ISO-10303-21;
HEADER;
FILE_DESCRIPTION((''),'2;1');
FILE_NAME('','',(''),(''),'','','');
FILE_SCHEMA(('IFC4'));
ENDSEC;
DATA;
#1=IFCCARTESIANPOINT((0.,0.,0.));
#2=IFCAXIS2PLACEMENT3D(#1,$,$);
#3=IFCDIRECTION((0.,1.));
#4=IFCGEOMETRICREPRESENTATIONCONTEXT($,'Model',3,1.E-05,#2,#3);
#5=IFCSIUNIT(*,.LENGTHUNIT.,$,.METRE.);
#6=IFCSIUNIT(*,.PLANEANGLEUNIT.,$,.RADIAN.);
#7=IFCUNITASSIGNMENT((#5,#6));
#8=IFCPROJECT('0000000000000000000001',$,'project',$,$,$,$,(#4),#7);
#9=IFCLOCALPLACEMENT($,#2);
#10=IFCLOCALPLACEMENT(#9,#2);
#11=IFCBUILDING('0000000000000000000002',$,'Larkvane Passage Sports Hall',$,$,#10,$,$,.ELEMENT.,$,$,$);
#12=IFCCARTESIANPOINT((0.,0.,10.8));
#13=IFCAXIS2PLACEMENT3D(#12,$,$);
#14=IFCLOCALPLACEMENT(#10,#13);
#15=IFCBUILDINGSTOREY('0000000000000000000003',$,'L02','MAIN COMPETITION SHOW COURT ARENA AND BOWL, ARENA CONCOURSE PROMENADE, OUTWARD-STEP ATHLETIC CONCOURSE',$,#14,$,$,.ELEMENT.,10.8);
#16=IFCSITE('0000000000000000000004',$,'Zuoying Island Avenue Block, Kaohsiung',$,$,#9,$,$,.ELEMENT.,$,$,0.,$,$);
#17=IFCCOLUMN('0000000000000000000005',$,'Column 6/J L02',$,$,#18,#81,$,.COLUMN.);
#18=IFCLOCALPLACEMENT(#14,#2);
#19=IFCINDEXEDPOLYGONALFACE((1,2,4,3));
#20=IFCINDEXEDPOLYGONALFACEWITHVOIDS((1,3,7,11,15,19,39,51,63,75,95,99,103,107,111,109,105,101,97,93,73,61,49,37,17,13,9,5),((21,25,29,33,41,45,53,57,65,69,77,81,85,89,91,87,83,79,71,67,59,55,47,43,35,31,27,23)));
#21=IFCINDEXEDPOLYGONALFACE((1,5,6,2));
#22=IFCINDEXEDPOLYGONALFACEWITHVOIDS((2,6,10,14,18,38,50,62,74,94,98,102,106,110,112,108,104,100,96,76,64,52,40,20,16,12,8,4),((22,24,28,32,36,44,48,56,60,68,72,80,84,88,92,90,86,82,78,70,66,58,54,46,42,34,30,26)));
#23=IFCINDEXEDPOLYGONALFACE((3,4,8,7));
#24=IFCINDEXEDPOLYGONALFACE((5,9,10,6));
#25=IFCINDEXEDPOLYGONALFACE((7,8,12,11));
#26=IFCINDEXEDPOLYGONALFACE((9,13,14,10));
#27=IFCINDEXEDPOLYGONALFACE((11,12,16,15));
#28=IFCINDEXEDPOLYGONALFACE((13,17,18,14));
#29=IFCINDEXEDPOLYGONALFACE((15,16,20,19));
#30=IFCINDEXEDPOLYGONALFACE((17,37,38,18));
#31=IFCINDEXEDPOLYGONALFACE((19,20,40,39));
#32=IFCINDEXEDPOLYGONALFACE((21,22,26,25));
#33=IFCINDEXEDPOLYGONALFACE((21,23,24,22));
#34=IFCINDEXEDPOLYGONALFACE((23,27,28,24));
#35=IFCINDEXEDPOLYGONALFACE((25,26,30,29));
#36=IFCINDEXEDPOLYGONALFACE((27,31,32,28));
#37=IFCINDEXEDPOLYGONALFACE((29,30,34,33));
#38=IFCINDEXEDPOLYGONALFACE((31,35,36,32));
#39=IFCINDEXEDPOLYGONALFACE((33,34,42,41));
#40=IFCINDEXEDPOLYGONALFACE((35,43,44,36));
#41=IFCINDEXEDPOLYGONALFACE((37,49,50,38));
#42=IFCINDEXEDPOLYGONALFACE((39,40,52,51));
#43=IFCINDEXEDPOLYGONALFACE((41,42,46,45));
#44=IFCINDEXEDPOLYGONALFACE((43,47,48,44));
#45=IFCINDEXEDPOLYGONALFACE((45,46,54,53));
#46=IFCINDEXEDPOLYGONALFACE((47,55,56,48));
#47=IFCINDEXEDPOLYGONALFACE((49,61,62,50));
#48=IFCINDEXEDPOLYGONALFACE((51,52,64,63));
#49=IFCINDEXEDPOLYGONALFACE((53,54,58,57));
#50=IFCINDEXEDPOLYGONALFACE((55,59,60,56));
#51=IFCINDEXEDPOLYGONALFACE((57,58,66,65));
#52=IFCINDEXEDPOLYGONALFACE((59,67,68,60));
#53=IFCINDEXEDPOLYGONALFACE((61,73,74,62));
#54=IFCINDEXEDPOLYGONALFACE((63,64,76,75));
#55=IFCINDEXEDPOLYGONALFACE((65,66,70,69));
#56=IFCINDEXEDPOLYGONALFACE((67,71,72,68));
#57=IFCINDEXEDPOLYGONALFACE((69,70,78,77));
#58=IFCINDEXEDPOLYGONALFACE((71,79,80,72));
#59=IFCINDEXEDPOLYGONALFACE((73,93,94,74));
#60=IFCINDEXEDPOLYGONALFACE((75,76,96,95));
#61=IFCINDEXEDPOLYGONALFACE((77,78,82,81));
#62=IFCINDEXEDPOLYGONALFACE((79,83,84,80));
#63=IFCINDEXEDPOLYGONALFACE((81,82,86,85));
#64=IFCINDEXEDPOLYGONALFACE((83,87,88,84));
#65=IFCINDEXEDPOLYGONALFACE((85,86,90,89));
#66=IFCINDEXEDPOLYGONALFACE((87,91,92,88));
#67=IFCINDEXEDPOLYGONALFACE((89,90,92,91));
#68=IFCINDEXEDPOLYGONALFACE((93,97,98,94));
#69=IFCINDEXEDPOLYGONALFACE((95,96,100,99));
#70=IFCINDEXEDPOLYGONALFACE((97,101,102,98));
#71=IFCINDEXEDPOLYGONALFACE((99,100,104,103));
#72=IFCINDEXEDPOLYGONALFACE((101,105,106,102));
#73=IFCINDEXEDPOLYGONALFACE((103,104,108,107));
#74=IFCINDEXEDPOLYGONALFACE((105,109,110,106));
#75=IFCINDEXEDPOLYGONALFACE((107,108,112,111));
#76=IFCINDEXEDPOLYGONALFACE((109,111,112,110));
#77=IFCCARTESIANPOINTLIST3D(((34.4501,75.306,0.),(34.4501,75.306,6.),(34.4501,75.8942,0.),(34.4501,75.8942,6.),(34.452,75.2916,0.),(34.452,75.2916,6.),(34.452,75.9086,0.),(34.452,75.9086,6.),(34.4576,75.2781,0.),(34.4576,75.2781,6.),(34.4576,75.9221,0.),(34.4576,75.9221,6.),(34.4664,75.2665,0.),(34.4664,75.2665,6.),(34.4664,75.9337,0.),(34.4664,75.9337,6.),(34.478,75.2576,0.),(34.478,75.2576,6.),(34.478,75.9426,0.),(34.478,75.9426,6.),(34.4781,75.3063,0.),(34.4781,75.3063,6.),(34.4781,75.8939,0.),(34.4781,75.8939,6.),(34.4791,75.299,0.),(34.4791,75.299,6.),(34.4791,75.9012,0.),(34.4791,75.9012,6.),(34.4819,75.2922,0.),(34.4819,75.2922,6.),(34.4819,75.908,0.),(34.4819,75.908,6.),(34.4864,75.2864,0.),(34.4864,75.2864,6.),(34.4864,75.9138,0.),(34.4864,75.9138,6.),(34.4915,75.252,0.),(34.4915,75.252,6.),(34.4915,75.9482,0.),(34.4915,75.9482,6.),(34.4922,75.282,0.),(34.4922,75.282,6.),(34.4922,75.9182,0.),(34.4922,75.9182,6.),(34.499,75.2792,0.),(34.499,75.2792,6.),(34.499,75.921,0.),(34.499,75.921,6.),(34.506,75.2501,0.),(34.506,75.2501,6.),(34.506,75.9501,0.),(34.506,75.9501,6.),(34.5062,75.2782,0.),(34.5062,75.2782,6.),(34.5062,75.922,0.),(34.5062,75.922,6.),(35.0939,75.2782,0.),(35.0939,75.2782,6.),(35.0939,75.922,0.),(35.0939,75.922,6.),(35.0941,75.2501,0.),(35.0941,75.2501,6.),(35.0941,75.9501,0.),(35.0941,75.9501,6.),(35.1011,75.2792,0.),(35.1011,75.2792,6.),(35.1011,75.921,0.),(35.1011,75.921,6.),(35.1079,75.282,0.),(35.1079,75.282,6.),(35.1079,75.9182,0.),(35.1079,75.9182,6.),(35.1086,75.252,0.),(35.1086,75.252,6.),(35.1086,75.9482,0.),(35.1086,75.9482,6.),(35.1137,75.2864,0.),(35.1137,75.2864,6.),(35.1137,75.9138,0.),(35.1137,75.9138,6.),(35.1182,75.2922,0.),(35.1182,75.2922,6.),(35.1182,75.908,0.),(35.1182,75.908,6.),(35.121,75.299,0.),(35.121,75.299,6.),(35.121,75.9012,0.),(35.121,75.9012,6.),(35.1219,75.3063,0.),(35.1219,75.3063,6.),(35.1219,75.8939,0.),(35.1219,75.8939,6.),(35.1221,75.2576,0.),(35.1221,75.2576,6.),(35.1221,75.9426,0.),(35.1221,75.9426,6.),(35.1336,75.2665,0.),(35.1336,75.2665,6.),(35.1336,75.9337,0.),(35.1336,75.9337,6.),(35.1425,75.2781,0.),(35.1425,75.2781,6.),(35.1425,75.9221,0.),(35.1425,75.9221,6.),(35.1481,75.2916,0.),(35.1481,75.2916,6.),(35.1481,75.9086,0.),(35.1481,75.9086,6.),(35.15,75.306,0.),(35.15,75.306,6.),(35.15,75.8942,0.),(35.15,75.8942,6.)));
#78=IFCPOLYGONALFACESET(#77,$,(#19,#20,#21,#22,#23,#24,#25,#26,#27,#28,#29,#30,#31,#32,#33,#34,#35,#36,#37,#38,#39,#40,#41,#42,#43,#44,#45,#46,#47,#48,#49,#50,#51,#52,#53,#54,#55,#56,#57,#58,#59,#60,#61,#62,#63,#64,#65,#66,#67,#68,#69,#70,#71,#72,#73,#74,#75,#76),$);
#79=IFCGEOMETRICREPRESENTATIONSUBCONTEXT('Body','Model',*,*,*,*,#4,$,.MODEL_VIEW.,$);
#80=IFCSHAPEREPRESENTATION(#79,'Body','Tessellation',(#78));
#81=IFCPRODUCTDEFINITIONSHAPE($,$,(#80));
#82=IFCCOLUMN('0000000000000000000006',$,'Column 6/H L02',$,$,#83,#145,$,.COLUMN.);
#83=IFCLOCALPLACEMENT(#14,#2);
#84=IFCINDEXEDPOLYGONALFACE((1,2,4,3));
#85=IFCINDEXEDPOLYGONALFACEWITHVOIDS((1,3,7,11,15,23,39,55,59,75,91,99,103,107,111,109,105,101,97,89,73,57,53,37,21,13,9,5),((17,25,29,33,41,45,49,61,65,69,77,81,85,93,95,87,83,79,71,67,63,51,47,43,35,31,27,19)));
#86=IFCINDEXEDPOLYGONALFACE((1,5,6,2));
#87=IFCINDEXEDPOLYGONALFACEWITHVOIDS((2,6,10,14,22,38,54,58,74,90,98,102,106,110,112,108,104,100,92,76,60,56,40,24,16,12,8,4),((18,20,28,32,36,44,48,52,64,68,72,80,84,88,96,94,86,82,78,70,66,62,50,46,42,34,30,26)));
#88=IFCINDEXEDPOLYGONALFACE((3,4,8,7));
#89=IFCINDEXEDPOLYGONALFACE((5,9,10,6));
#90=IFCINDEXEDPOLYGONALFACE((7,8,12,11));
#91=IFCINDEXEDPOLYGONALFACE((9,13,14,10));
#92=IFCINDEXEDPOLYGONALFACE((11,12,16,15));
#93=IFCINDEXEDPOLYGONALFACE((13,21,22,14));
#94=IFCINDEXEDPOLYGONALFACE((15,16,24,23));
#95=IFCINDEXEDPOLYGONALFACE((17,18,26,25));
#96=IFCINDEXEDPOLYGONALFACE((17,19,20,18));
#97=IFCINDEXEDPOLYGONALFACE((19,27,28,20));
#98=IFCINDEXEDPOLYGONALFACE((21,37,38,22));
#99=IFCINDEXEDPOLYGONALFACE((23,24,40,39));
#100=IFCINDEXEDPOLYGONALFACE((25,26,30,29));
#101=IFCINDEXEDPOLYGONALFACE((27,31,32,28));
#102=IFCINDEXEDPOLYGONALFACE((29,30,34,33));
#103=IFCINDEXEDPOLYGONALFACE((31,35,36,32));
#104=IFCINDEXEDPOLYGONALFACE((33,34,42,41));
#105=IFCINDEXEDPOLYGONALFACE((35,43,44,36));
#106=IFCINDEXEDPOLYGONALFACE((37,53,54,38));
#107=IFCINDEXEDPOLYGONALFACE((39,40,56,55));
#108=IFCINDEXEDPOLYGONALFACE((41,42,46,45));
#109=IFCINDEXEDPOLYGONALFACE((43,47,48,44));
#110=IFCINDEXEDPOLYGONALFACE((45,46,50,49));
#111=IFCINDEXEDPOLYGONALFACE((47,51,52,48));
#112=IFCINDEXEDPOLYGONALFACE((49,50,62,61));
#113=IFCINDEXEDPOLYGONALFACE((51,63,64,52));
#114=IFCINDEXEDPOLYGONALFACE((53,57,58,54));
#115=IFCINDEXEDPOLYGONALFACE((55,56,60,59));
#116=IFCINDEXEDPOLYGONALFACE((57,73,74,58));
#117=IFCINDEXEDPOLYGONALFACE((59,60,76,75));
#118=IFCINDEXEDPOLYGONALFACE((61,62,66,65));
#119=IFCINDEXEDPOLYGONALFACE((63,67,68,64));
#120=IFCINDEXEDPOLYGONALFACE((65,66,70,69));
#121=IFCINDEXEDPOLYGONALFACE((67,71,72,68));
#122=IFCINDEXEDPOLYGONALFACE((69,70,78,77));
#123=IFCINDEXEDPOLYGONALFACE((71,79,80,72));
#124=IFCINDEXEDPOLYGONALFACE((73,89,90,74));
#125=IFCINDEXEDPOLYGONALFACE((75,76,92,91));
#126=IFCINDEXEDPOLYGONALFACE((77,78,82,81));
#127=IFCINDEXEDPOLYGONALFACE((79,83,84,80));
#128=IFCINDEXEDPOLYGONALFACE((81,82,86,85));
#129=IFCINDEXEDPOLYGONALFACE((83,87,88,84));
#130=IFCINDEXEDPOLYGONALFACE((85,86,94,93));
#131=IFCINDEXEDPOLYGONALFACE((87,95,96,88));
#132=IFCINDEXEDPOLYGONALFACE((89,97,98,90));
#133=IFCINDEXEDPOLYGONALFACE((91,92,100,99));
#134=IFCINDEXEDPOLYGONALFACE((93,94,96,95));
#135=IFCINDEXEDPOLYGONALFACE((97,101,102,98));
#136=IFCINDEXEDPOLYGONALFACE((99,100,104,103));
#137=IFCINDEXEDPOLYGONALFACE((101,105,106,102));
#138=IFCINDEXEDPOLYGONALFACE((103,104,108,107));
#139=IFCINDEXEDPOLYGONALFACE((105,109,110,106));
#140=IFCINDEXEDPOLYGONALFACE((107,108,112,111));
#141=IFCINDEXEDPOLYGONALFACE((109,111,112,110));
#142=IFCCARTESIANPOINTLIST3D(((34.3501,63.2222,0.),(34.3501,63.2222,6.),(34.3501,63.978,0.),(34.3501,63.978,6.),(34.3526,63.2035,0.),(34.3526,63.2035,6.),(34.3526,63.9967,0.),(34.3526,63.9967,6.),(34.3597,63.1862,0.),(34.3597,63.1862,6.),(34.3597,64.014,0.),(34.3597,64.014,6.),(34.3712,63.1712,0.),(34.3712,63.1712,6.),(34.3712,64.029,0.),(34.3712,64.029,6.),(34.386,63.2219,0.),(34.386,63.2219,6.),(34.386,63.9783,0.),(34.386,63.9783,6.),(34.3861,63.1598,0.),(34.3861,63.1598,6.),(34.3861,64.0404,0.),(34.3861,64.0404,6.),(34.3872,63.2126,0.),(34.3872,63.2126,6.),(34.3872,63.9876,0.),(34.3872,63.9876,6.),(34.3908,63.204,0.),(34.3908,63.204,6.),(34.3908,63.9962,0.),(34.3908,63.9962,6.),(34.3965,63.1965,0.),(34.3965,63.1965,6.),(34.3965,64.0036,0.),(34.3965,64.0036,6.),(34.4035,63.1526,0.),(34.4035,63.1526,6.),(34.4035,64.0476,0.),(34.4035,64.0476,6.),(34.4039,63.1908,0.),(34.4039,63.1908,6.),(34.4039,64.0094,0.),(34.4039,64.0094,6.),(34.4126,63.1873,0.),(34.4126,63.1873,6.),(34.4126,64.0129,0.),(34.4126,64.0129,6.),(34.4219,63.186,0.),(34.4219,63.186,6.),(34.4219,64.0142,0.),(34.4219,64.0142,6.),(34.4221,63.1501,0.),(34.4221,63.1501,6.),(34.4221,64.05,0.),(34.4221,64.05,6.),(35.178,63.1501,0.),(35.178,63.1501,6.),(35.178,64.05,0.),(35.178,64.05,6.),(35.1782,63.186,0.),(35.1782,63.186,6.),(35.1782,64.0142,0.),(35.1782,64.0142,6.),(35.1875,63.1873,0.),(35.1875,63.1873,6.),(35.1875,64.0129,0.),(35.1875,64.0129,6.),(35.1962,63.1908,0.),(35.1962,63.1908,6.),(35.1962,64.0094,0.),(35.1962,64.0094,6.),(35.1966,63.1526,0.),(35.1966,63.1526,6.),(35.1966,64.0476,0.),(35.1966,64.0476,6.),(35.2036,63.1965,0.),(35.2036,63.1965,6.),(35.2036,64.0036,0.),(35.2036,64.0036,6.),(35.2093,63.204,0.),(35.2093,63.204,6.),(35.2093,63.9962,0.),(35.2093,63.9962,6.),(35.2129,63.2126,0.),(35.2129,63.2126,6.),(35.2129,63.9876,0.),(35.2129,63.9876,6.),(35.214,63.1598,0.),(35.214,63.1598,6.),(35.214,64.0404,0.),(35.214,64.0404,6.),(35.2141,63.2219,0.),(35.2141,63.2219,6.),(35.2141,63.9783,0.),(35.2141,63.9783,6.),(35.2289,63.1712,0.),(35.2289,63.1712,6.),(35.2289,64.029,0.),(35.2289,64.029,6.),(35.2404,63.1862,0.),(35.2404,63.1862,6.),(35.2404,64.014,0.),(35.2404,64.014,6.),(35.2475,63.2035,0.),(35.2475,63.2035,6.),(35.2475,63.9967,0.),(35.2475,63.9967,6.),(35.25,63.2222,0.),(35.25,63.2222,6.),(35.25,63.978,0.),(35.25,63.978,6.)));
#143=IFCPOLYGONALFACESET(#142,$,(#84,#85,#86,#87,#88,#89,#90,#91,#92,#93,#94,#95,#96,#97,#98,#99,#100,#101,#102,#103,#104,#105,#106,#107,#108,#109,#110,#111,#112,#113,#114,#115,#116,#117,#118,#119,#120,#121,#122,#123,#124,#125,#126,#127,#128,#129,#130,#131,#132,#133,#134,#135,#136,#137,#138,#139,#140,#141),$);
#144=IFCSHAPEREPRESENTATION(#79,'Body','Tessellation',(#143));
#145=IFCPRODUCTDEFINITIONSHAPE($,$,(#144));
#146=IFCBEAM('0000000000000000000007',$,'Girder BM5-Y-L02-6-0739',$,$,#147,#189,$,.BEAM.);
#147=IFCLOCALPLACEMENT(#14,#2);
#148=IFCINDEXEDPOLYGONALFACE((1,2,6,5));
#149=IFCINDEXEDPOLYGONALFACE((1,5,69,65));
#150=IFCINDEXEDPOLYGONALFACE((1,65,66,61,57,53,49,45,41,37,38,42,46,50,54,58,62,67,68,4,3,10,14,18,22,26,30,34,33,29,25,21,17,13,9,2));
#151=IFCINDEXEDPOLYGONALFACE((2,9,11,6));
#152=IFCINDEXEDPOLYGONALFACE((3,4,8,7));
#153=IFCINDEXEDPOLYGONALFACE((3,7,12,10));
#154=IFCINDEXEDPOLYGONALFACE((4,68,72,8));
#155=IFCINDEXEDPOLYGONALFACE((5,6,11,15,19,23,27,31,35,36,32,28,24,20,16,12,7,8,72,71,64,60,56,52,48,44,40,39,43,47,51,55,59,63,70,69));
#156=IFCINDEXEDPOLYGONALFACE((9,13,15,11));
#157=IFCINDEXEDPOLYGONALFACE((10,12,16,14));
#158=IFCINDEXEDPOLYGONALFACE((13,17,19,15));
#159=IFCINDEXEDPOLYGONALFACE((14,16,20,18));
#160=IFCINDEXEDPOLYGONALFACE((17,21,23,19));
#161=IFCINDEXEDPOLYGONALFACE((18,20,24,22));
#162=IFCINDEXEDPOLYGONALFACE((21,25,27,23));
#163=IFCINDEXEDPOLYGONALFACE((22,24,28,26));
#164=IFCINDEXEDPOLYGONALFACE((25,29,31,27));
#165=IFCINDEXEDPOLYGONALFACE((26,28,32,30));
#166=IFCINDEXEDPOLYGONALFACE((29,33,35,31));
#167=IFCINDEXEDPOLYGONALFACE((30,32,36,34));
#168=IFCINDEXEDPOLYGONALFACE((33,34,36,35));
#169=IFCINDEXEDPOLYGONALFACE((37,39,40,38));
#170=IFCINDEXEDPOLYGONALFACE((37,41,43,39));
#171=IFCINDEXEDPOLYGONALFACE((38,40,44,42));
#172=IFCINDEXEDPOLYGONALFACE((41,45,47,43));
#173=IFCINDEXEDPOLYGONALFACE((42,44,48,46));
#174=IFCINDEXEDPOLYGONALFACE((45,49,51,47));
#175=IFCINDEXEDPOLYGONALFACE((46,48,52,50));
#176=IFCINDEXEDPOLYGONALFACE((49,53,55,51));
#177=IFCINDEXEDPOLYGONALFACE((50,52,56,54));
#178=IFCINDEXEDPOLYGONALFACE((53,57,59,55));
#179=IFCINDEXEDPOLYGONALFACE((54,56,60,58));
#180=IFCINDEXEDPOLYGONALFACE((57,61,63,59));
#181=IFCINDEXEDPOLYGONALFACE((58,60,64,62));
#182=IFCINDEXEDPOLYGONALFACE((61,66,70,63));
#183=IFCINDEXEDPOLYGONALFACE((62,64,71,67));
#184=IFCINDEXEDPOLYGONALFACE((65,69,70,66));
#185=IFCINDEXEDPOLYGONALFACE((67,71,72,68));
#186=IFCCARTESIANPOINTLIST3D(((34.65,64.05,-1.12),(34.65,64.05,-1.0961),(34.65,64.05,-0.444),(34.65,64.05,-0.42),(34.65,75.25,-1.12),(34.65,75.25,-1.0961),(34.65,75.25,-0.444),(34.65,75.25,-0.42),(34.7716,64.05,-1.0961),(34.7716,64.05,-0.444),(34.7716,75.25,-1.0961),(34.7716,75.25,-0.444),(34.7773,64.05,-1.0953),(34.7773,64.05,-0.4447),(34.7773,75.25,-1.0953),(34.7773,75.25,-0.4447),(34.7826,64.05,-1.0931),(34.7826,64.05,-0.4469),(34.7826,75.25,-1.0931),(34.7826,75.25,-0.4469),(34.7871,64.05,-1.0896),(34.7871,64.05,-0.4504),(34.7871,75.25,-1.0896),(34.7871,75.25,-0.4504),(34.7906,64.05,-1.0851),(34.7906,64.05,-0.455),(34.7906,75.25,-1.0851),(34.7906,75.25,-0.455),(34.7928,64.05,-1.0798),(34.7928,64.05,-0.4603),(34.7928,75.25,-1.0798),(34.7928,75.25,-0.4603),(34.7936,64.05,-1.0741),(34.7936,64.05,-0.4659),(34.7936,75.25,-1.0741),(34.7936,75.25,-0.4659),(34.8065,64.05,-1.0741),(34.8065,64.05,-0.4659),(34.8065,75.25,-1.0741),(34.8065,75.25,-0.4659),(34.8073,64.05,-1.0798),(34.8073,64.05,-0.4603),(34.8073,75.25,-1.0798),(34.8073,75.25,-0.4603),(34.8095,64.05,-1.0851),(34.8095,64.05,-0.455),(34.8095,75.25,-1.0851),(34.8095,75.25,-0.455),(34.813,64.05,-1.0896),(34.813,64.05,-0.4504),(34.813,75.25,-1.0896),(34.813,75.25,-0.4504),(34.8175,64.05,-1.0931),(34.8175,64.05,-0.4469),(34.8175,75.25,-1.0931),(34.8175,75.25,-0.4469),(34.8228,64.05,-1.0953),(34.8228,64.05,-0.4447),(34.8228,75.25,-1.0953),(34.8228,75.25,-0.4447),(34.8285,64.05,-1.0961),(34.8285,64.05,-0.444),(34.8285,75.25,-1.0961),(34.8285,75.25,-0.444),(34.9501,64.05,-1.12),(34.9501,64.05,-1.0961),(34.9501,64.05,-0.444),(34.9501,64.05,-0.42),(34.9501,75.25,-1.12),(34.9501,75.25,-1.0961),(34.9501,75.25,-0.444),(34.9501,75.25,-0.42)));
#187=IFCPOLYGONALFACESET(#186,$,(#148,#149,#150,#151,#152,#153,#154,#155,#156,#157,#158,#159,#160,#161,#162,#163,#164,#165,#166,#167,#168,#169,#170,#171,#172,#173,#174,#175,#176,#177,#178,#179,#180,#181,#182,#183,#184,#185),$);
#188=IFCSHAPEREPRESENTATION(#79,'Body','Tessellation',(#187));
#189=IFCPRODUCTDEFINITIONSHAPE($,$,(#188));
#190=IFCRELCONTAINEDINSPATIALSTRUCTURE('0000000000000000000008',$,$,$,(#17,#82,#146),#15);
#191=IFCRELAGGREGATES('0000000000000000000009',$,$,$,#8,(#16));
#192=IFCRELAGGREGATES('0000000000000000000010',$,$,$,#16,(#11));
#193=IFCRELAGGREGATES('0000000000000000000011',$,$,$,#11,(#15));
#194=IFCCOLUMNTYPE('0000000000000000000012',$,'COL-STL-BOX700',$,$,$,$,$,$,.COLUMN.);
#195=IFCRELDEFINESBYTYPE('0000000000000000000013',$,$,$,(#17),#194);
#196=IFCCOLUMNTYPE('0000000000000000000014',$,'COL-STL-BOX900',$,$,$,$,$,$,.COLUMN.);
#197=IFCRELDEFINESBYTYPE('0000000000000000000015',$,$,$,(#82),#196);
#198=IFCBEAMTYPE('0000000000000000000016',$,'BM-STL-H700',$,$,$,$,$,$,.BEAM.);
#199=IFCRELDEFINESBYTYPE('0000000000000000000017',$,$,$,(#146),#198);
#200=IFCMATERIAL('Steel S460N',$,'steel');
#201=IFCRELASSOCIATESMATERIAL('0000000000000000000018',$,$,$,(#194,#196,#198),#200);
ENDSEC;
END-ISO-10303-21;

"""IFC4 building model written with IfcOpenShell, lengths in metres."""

from ifc_helpers import new_model, si_unit, direction, frame, origin, origin_2d, place, context, subcontext, project, spatial, hollow_rectangle, i_section, extrude, material, material_profile, profile_set, type_object, element, save


model = new_model("IFC4")

# Units and contexts
model_context = context("Model", 3, precision=1e-05, world=origin(), true_north=direction((0.0, 1.0)))
body_context = subcontext(model_context, "Body", "Model", "MODEL_VIEW")
ifc_project = project(units=[si_unit("LENGTHUNIT", "METRE"), si_unit("PLANEANGLEUNIT", "RADIAN")], contexts=[model_context])

# Site, building, storey
site_placement = place(None, origin())
site = spatial("IfcSite", under=ifc_project, at=site_placement, Name="Zuoying Island Avenue Block, Kaohsiung", CompositionType="ELEMENT", RefElevation=0.0)
building_placement = place(site_placement, origin())
building = spatial("IfcBuilding", under=site, at=building_placement, Name="Larkvane Passage Sports Hall", CompositionType="ELEMENT")
storey_placement = place(building_placement, frame((0.0, 0.0, 10.8)))
storey = spatial("IfcBuildingStorey", under=building, at=storey_placement, Name="L02", Description="MAIN COMPETITION SHOW COURT ARENA AND BOWL, ARENA CONCOURSE PROMENADE, OUTWARD-STEP ATHLETIC CONCOURSE", CompositionType="ELEMENT", Elevation=10.8)

# Columns
ifc_material_1 = material(Name="Steel S460N", Category="steel")
ifc_material_profile_1 = material_profile(ifc_material_1, hollow_rectangle(XDim=0.7, YDim=0.7, WallThickness=0.0281, InnerFilletRadius=0.0281, OuterFilletRadius=0.0559, at=origin_2d()), Name="BOX-700x700x28")
ifc_profile_set_1 = profile_set([ifc_material_profile_1], Name="Steel S460N")
column_type_1 = type_object("IfcColumnType", Name="COL-STL-BOX700", PredefinedType="COLUMN", material=ifc_profile_set_1)
column_1_placement = place(storey_placement, frame((34.8, 75.6001, 0.0), z_axis=(0.0, 0.0, 1.0), x_axis=(1.0, 0.0, 0.0)))
element("IfcColumn", 1, at=column_1_placement, inside=storey, type_object=column_type_1, Name="Column 6/J L02", PredefinedType="COLUMN", context=body_context, shape_type="SweptSolid", body=[
    extrude(hollow_rectangle(XDim=0.7, YDim=0.7, WallThickness=0.0281, InnerFilletRadius=0.0281, OuterFilletRadius=0.0559, at=origin_2d()), origin(), (0.0, 0.0, 1.0), 6.0),
])
ifc_material_profile_2 = material_profile(ifc_material_1, hollow_rectangle(XDim=0.8999, YDim=0.8999, WallThickness=0.0359, InnerFilletRadius=0.0359, OuterFilletRadius=0.072, at=origin_2d()), Name="BOX-900x900x36")
ifc_profile_set_2 = profile_set([ifc_material_profile_2], Name="Steel S460N")
column_type_2 = type_object("IfcColumnType", Name="COL-STL-BOX900", PredefinedType="COLUMN", material=ifc_profile_set_2)
column_2_placement = place(storey_placement, frame((34.8, 63.6001, 0.0), z_axis=(0.0, 0.0, 1.0), x_axis=(1.0, 0.0, 0.0)))
element("IfcColumn", 2, at=column_2_placement, inside=storey, type_object=column_type_2, Name="Column 6/H L02", PredefinedType="COLUMN", context=body_context, shape_type="SweptSolid", body=[
    extrude(hollow_rectangle(XDim=0.8999, YDim=0.8999, WallThickness=0.0359, InnerFilletRadius=0.0359, OuterFilletRadius=0.072, at=origin_2d()), origin(), (0.0, 0.0, 1.0), 6.0),
])

# Beam
ifc_material_profile_3 = material_profile(ifc_material_1, i_section(OverallWidth=0.3, OverallDepth=0.7, WebThickness=0.0129, FlangeThickness=0.0239, FilletRadius=0.022, at=origin_2d()), Name="H-700x300x13x24")
ifc_profile_set_3 = profile_set([ifc_material_profile_3], Name="Steel S460N")
beam_type_1 = type_object("IfcBeamType", Name="BM-STL-H700", PredefinedType="BEAM", material=ifc_profile_set_3)
beam_1_placement = place(storey_placement, frame((34.8, 64.05, -0.77), z_axis=(0.0, 1.0, 0.0), x_axis=(-1.0, 0.0, 0.0)))
element("IfcBeam", 3, at=beam_1_placement, inside=storey, type_object=beam_type_1, Name="Girder BM5-Y-L02-6-0739", PredefinedType="BEAM", context=body_context, shape_type="SweptSolid", body=[
    extrude(i_section(OverallWidth=0.3, OverallDepth=0.7, WebThickness=0.0129, FlangeThickness=0.0239, FilletRadius=0.022, at=origin_2d()), origin(), (0.0, 0.0, 1.0), 11.2),
])

save(model, "model.ifc")
